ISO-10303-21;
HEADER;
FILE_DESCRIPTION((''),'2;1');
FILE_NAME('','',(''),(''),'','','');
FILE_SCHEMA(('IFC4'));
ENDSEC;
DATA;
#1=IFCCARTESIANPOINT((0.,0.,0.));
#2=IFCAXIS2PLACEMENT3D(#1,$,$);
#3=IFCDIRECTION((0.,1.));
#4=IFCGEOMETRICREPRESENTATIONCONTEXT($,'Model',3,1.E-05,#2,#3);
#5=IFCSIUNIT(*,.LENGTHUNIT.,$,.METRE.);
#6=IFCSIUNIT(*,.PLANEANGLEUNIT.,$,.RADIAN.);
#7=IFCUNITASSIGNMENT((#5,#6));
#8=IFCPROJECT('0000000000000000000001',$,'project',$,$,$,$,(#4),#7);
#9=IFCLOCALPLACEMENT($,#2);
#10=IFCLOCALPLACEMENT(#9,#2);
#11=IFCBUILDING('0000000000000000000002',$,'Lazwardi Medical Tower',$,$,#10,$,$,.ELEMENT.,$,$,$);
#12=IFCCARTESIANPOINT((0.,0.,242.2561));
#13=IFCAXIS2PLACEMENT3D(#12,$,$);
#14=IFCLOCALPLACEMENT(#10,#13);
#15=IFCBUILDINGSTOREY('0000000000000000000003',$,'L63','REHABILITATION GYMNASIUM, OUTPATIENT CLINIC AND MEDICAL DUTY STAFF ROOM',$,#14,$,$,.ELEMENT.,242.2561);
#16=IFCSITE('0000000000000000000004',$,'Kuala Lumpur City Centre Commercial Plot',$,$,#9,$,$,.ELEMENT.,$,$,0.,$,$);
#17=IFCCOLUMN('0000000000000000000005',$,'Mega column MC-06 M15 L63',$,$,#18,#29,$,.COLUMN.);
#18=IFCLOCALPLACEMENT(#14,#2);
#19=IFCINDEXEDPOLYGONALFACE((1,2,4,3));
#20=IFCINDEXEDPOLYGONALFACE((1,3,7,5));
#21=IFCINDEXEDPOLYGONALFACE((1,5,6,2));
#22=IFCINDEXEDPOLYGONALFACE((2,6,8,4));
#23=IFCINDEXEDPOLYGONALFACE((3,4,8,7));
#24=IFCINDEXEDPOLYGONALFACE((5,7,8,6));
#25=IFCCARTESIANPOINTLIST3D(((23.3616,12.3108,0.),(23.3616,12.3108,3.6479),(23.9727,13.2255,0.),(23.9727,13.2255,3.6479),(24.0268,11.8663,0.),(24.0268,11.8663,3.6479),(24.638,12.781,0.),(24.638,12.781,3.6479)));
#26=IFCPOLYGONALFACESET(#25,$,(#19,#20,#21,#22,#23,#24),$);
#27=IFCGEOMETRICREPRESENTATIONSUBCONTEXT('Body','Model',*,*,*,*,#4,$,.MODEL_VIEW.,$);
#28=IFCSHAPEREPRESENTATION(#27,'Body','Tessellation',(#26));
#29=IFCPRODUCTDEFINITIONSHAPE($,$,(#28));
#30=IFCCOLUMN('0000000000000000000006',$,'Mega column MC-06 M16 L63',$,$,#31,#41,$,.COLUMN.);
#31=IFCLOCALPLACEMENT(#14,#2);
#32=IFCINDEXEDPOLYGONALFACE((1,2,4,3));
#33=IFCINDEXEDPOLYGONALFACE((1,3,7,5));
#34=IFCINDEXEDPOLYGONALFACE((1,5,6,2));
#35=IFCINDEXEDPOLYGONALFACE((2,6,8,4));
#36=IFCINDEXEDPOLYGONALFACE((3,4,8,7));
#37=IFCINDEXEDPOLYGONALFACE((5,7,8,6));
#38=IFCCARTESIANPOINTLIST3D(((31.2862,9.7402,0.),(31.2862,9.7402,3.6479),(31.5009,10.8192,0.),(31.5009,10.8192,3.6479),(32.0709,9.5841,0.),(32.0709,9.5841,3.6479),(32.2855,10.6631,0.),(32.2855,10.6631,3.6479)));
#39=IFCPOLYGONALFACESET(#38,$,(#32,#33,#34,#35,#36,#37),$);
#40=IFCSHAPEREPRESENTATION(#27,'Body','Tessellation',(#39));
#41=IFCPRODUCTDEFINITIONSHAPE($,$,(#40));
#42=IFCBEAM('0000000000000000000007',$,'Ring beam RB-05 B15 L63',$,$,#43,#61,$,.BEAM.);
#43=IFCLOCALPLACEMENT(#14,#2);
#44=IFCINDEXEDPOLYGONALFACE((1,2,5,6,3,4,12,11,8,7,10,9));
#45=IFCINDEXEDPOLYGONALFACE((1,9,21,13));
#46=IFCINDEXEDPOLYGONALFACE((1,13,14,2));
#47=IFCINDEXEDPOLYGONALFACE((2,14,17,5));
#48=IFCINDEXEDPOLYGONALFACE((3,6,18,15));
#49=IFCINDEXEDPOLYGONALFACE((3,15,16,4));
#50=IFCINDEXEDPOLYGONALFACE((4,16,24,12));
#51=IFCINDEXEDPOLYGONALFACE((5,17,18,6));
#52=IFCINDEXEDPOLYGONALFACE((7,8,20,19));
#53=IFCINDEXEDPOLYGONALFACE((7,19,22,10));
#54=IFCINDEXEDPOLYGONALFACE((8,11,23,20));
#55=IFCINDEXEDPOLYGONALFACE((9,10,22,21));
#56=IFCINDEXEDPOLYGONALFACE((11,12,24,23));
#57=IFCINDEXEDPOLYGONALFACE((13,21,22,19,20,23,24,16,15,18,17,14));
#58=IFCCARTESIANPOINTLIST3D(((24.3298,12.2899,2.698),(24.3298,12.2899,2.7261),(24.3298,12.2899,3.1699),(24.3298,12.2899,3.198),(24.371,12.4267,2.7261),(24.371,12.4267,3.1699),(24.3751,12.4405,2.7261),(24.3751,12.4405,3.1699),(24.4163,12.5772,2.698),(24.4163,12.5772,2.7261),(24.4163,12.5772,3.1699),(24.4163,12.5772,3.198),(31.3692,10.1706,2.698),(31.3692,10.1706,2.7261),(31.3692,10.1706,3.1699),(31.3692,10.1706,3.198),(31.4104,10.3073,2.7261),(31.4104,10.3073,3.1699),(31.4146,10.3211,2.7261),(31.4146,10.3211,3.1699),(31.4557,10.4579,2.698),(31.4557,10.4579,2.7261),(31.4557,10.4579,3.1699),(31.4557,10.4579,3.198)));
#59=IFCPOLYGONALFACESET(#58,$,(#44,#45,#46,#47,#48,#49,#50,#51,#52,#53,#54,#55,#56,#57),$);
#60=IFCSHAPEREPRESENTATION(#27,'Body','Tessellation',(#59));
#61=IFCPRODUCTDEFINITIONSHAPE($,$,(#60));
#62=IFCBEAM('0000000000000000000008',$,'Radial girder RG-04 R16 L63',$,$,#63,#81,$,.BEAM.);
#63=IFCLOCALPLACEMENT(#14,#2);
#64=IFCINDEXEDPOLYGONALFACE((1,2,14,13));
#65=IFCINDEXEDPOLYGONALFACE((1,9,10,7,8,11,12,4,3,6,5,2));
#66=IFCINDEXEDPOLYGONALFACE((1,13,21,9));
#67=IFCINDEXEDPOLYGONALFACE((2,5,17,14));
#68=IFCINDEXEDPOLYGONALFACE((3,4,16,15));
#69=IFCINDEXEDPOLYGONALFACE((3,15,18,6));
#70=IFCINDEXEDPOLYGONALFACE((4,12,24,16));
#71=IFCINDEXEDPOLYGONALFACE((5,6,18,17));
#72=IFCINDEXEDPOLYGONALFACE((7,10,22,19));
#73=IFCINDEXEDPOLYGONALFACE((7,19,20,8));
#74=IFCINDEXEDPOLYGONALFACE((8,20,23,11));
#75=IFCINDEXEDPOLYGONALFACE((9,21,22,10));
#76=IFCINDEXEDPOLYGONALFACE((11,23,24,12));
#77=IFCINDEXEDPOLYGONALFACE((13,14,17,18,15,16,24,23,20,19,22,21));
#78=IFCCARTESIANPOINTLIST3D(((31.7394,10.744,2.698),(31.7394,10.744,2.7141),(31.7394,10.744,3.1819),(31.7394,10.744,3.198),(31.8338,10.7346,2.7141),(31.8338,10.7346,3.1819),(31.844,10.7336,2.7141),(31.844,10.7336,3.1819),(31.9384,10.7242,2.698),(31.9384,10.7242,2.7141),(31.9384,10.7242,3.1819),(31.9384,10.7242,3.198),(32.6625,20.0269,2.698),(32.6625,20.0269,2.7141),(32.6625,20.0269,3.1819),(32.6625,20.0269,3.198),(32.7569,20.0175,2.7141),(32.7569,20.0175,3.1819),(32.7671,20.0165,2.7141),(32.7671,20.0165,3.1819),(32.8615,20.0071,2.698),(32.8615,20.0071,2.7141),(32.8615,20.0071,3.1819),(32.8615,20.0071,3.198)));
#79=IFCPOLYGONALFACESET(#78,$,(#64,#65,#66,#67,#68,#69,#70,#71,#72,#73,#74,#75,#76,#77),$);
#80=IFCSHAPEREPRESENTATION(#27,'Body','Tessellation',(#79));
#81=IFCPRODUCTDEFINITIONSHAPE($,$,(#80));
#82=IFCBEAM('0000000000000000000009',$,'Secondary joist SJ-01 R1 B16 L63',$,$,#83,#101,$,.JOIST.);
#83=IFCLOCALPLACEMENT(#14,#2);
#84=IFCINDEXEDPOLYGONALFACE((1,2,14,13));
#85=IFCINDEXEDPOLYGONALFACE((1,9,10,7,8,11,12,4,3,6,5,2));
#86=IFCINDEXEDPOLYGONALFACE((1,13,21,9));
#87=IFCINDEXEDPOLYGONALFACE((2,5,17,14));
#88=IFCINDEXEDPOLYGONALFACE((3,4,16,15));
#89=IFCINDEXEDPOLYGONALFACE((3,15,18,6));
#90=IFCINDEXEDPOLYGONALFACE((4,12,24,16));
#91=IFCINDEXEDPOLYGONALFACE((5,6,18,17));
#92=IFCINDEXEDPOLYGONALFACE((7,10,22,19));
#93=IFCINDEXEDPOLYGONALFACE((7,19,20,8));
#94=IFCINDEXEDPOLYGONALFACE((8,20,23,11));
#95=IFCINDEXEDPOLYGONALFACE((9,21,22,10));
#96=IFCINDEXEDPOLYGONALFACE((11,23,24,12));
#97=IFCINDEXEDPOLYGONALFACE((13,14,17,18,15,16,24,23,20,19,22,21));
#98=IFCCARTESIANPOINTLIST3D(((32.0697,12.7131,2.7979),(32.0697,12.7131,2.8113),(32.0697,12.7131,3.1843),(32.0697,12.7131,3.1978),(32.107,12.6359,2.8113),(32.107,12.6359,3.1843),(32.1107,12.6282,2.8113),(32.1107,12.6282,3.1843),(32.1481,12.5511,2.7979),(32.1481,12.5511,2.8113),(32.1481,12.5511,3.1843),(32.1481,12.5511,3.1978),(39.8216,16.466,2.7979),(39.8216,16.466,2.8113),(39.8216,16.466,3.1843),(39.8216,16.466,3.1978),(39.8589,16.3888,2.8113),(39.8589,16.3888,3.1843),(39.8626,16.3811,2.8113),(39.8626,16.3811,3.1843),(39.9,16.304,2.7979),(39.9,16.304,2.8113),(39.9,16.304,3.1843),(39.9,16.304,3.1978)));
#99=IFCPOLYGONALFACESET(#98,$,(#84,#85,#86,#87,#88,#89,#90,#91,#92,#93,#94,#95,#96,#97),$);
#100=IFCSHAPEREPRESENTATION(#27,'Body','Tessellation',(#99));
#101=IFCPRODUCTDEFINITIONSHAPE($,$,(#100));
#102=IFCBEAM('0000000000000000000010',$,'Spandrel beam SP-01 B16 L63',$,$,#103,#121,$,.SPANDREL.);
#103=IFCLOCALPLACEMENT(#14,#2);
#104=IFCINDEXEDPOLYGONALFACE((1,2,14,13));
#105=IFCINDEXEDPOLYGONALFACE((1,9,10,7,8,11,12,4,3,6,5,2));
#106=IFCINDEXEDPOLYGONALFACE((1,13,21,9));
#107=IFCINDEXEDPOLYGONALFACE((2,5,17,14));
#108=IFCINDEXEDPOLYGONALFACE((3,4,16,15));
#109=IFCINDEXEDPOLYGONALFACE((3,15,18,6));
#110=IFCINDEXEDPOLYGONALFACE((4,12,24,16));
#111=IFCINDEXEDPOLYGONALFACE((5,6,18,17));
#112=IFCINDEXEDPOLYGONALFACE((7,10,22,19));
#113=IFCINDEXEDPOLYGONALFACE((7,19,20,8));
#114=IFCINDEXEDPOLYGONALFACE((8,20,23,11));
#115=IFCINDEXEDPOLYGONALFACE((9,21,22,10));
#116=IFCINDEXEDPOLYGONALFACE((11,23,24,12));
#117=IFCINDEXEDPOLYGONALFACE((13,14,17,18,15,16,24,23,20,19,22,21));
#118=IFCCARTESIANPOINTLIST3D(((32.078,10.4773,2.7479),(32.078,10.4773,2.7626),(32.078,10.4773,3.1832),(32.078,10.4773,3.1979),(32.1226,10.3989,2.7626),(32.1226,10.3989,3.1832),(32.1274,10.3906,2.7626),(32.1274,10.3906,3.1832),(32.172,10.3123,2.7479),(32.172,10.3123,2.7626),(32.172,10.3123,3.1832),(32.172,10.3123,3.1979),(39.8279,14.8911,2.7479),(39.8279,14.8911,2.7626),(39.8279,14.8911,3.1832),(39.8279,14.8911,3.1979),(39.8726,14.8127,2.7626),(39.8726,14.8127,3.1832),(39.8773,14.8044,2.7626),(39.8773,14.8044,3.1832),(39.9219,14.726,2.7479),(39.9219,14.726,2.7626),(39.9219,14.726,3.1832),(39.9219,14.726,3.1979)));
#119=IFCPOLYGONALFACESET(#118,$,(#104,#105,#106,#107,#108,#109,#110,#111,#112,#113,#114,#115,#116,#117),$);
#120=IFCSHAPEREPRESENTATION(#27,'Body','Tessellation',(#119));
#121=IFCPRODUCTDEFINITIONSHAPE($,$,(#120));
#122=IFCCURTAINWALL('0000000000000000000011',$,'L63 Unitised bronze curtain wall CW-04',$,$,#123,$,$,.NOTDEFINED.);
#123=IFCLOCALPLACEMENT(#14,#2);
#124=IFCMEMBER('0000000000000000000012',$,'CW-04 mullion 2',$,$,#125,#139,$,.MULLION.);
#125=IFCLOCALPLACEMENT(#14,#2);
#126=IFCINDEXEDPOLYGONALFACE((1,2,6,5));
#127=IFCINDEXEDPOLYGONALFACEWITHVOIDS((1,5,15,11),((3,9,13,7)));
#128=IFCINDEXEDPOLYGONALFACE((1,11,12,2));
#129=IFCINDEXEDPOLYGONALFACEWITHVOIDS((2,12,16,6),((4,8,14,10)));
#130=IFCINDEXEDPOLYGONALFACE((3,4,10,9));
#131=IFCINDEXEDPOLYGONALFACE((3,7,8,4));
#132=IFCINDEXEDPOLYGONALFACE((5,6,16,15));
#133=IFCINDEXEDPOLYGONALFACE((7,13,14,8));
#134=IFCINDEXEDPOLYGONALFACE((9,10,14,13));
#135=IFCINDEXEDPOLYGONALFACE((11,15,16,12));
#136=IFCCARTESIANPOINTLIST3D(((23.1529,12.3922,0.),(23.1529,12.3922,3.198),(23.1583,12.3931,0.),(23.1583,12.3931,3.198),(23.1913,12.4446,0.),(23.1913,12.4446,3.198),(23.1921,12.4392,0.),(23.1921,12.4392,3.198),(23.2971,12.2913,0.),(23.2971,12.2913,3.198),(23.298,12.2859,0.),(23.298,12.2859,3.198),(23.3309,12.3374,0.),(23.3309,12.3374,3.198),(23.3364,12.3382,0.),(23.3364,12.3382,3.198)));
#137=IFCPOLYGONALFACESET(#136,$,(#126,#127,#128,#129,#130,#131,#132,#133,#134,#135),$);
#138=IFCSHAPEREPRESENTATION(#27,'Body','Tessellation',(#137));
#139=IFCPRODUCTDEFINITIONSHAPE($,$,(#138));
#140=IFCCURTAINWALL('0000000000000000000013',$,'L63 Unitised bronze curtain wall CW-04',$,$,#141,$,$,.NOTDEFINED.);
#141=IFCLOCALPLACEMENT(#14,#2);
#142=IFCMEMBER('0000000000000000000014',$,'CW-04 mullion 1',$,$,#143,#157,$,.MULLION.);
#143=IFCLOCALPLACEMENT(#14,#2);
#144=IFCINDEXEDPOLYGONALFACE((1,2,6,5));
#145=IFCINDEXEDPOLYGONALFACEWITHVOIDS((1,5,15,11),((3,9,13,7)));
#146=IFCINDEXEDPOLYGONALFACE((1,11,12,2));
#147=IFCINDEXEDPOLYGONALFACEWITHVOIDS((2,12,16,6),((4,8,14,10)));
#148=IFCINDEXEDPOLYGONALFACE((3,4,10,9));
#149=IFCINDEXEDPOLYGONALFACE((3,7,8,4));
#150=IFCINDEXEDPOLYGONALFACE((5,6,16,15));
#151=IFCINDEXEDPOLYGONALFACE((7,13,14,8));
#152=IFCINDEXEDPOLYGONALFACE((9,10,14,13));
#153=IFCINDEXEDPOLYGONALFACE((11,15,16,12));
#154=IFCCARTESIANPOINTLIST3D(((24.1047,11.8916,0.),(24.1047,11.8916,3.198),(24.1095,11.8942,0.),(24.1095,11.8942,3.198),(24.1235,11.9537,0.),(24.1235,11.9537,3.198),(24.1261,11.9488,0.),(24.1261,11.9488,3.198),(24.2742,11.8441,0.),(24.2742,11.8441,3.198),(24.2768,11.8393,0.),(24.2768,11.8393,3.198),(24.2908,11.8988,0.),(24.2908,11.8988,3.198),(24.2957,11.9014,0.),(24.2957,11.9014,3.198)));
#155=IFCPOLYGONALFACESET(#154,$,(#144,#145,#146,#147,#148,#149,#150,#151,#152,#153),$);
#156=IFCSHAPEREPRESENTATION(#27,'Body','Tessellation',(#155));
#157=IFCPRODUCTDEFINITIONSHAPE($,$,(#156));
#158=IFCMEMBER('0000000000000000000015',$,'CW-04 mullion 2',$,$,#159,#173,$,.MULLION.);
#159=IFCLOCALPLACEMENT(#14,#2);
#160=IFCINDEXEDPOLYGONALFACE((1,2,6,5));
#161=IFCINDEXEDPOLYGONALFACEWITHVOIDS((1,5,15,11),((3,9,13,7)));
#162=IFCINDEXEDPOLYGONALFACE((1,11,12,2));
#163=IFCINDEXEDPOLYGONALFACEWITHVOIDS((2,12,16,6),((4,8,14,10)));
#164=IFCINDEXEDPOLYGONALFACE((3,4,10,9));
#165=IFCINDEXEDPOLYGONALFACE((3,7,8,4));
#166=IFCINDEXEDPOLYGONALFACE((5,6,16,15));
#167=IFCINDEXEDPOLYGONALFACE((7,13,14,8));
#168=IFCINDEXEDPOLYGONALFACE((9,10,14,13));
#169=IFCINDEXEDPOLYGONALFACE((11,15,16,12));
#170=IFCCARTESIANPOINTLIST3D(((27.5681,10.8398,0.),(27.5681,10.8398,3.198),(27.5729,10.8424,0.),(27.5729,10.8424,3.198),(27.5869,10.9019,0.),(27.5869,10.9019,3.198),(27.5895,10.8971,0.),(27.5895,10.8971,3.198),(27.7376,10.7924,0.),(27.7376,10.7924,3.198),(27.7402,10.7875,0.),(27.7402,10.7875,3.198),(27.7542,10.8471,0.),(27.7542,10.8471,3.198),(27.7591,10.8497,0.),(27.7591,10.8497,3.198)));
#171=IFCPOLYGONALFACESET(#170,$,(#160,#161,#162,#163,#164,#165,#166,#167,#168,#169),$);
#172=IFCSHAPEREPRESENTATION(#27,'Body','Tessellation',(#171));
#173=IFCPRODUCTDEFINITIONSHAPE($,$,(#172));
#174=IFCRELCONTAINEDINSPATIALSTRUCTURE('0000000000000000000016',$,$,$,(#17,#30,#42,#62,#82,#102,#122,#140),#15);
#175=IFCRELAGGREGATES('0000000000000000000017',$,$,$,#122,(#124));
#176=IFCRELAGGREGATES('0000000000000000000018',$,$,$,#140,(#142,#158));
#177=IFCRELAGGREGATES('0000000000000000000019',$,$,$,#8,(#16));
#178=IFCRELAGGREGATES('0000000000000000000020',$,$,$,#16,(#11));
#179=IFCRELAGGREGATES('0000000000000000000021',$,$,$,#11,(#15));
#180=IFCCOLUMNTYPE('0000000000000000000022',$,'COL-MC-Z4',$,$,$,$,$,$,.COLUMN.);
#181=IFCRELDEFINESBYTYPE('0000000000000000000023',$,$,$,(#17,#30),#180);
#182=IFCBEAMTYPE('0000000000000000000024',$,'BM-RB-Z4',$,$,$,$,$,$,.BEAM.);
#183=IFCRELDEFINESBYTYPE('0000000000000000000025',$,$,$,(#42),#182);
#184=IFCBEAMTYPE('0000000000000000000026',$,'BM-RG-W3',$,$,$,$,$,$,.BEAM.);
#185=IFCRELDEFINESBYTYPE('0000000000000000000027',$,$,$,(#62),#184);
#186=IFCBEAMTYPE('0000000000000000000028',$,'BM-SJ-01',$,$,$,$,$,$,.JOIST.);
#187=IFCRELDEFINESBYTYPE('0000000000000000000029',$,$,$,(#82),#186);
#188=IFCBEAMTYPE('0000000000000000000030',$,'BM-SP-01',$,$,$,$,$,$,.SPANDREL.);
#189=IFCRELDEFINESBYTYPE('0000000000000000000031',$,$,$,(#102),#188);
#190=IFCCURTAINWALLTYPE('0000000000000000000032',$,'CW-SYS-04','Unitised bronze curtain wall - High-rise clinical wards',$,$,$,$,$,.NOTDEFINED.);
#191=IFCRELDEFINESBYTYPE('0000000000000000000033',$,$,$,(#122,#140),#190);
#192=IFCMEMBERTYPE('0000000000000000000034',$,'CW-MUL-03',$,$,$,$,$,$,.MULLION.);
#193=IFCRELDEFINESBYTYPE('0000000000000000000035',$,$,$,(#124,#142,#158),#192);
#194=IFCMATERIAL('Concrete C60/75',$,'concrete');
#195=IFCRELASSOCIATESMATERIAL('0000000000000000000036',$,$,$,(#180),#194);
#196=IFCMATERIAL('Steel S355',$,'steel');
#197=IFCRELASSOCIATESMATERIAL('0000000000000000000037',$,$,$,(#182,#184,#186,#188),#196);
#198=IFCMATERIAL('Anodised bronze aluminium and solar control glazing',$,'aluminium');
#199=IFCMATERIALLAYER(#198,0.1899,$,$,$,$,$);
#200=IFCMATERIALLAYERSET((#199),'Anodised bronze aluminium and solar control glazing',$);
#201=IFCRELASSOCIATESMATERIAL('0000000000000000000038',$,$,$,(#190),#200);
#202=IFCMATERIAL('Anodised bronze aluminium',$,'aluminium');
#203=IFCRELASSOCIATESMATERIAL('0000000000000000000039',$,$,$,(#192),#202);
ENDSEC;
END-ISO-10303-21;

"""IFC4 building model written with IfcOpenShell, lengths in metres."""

from ifc_helpers import new_model, si_unit, direction, frame, origin, origin_2d, place, context, subcontext, project, spatial, rectangle, hollow_rectangle, i_section, extrude, material, layer, layer_set, material_profile, profile_set, type_object, element, aggregate, save


model = new_model("IFC4")

# Units and contexts
model_context = context("Model", 3, precision=1e-05, world=origin(), true_north=direction((0.0, 1.0)))
body_context = subcontext(model_context, "Body", "Model", "MODEL_VIEW")
ifc_project = project(units=[si_unit("LENGTHUNIT", "METRE"), si_unit("PLANEANGLEUNIT", "RADIAN")], contexts=[model_context])

# Site, building, storey
site_placement = place(None, origin())
site = spatial("IfcSite", under=ifc_project, at=site_placement, Name="Kuala Lumpur City Centre Commercial Plot", CompositionType="ELEMENT", RefElevation=0.0)
building_placement = place(site_placement, origin())
building = spatial("IfcBuilding", under=site, at=building_placement, Name="Lazwardi Medical Tower", CompositionType="ELEMENT")
storey_placement = place(building_placement, frame((0.0, 0.0, 242.2561)))
storey = spatial("IfcBuildingStorey", under=building, at=storey_placement, Name="L63", Description="REHABILITATION GYMNASIUM, OUTPATIENT CLINIC AND MEDICAL DUTY STAFF ROOM", CompositionType="ELEMENT", Elevation=242.2561)

# Columns
ifc_material_1 = material(Name="Concrete C60/75", Category="concrete")
ifc_material_profile_1 = material_profile(ifc_material_1, rectangle(XDim=1.1001, YDim=0.8, at=origin_2d()), Name="CFT-RECT 1100x800")
ifc_profile_set_1 = profile_set([ifc_material_profile_1], Name="Concrete C60/75")
column_type = type_object("IfcColumnType", Name="COL-MC-Z4", PredefinedType="COLUMN", material=ifc_profile_set_1)
for number, where, z_axis, x_axis, name in (
    (1, (23.9998, 12.5459, 0.0), (0.0, 0.0, 1.0), (-0.55557, -0.83147, 0.0), "Mega column MC-06 M15 L63"),
    (2, (31.7859, 10.2017, 0.0), (0.0, 0.0, 1.0), (-0.19509, -0.980785, 0.0), "Mega column MC-06 M16 L63"),
):
    element("IfcColumn", number, at=place(storey_placement, frame(where, z_axis=z_axis, x_axis=x_axis)), inside=storey, type_object=column_type, Name=name, PredefinedType="COLUMN", context=body_context, shape_type="SweptSolid", body=[
        extrude(rectangle(XDim=1.1001, YDim=0.8, at=origin_2d()), origin(), (0.0, 0.0, 1.0), 3.6479),
    ])

# Beams
ifc_material_2 = material(Name="Steel S355", Category="steel")
ifc_material_profile_2 = material_profile(ifc_material_2, i_section(OverallWidth=0.3, OverallDepth=0.5, WebThickness=0.0144, FlangeThickness=0.0281, at=origin_2d()), Name="HEB 500")
ifc_profile_set_2 = profile_set([ifc_material_profile_2], Name="Steel S355")
beam_type_1 = type_object("IfcBeamType", Name="BM-RB-Z4", PredefinedType="BEAM", material=ifc_profile_set_2)
beam_1_placement = place(storey_placement, frame((24.373, 12.4336, 2.948), z_axis=(0.957544, -0.288286, 0.0), x_axis=(0.288286, 0.957544, 0.0)))
element("IfcBeam", 3, at=beam_1_placement, inside=storey, type_object=beam_type_1, Name="Ring beam RB-05 B15 L63", PredefinedType="BEAM", context=body_context, shape_type="SweptSolid", body=[
    extrude(i_section(OverallWidth=0.3, OverallDepth=0.5, WebThickness=0.0144, FlangeThickness=0.0281, at=origin_2d()), origin(), (0.0, 0.0, 1.0), 7.3516),
])
ifc_material_profile_3 = material_profile(ifc_material_2, i_section(OverallWidth=0.2, OverallDepth=0.5, WebThickness=0.0103, FlangeThickness=0.0161, at=origin_2d()), Name="IPE 500")
ifc_profile_set_3 = profile_set([ifc_material_profile_3], Name="Steel S355")
beam_type_2 = type_object("IfcBeamType", Name="BM-RG-W3", PredefinedType="BEAM", material=ifc_profile_set_3)
beam_2_placement = place(storey_placement, frame((31.8389, 10.7341, 2.948), z_axis=(0.098954, 0.995092, 0.0), x_axis=(-0.995092, 0.098954, 0.0)))
element("IfcBeam", 4, at=beam_2_placement, inside=storey, type_object=beam_type_2, Name="Radial girder RG-04 R16 L63", PredefinedType="BEAM", context=body_context, shape_type="SweptSolid", body=[
    extrude(i_section(OverallWidth=0.2, OverallDepth=0.5, WebThickness=0.0103, FlangeThickness=0.0161, at=origin_2d()), origin(), (0.0, 0.0, 1.0), 9.3286),
])
ifc_material_profile_4 = material_profile(ifc_material_2, i_section(OverallWidth=0.1799, OverallDepth=0.3999, WebThickness=0.0085, FlangeThickness=0.0134, at=origin_2d()), Name="IPE 400")
ifc_profile_set_4 = profile_set([ifc_material_profile_4], Name="Steel S355")
beam_type_3 = type_object("IfcBeamType", Name="BM-SJ-01", PredefinedType="JOIST", material=ifc_profile_set_4)
beam_3_placement = place(storey_placement, frame((32.1089, 12.6321, 2.9978), z_axis=(0.900069, 0.435748, 0.0), x_axis=(-0.435748, 0.900069, 0.0)))
element("IfcBeam", 5, at=beam_3_placement, inside=storey, type_object=beam_type_3, Name="Secondary joist SJ-01 R1 B16 L63", PredefinedType="JOIST", context=body_context, shape_type="SweptSolid", body=[
    extrude(i_section(OverallWidth=0.1799, OverallDepth=0.3999, WebThickness=0.0085, FlangeThickness=0.0134, at=origin_2d()), origin(), (0.0, 0.0, 1.0), 8.6125),
])
ifc_material_profile_5 = material_profile(ifc_material_2, i_section(OverallWidth=0.1899, OverallDepth=0.45, WebThickness=0.0095, FlangeThickness=0.0146, at=origin_2d()), Name="IPE 450")
ifc_profile_set_5 = profile_set([ifc_material_profile_5], Name="Steel S355")
beam_type_4 = type_object("IfcBeamType", Name="BM-SP-01", PredefinedType="SPANDREL", material=ifc_profile_set_5)
beam_4_placement = place(storey_placement, frame((32.125, 10.3948, 2.9729), z_axis=(0.868955, 0.494891, 0.0), x_axis=(-0.494891, 0.868955, 0.0)))
element("IfcBeam", 6, at=beam_4_placement, inside=storey, type_object=beam_type_4, Name="Spandrel beam SP-01 B16 L63", PredefinedType="SPANDREL", context=body_context, shape_type="SweptSolid", body=[
    extrude(i_section(OverallWidth=0.1899, OverallDepth=0.45, WebThickness=0.0095, FlangeThickness=0.0146, at=origin_2d()), origin(), (0.0, 0.0, 1.0), 8.9187),
])

# Curtain wall, member
ifc_material_3 = material(Name="Anodised bronze aluminium and solar control glazing", Category="aluminium")
ifc_layer_1 = layer(ifc_material_3, 0.1899)
ifc_layer_set_1 = layer_set([ifc_layer_1], Name="Anodised bronze aluminium and solar control glazing")
curtain_wall_type = type_object("IfcCurtainWallType", Name="CW-SYS-04", Description="Unitised bronze curtain wall - High-rise clinical wards", PredefinedType="NOTDEFINED", material=ifc_layer_set_1)
curtain_wall_1_placement = place(storey_placement, origin())
curtain_wall_1 = element("IfcCurtainWall", 7, at=curtain_wall_1_placement, inside=storey, type_object=curtain_wall_type, Name="L63 Unitised bronze curtain wall CW-04", PredefinedType="NOTDEFINED")
ifc_material_4 = material(Name="Anodised bronze aluminium", Category="aluminium")
ifc_material_profile_6 = material_profile(ifc_material_4, hollow_rectangle(XDim=0.0649, YDim=0.1799, WallThickness=0.0039, at=origin_2d()), Name="ALU-MULLION 180x65x4")
ifc_profile_set_6 = profile_set([ifc_material_profile_6], Name="Anodised bronze aluminium")
member_type_1 = type_object("IfcMemberType", Name="CW-MUL-03", PredefinedType="MULLION", material=ifc_profile_set_6)
member_1_placement = place(storey_placement, frame((23.2446, 12.3652, 0.0), z_axis=(0.0, 0.0, 1.0), x_axis=(0.591268, 0.806475, 0.0)))
member_1 = element("IfcMember", 8, at=member_1_placement, type_object=member_type_1, Name="CW-04 mullion 2", PredefinedType="MULLION", context=body_context, shape_type="SweptSolid", body=[
    extrude(hollow_rectangle(XDim=0.0649, YDim=0.1799, WallThickness=0.0039, at=origin_2d()), origin(), (0.0, 0.0, 1.0), 3.198),
])
aggregate(curtain_wall_1, [member_1])

# Curtain wall, members
curtain_wall_2_placement = place(storey_placement, origin())
curtain_wall_2 = element("IfcCurtainWall", 9, at=curtain_wall_2_placement, inside=storey, type_object=curtain_wall_type, Name="L63 Unitised bronze curtain wall CW-04", PredefinedType="NOTDEFINED")
member_2_placement = place(storey_placement, frame((24.2002, 11.8965, 0.0), z_axis=(0.0, 0.0, 1.0), x_axis=(0.290582, 0.95685, 0.0)))
member_2 = element("IfcMember", 10, at=member_2_placement, type_object=member_type_1, Name="CW-04 mullion 1", PredefinedType="MULLION", context=body_context, shape_type="SweptSolid", body=[
    extrude(hollow_rectangle(XDim=0.0649, YDim=0.1799, WallThickness=0.0039, at=origin_2d()), origin(), (0.0, 0.0, 1.0), 3.198),
])
member_3_placement = place(storey_placement, frame((27.6636, 10.8447, 0.0), z_axis=(0.0, 0.0, 1.0), x_axis=(0.290582, 0.95685, 0.0)))
member_3 = element("IfcMember", 11, at=member_3_placement, type_object=member_type_1, Name="CW-04 mullion 2", PredefinedType="MULLION", context=body_context, shape_type="SweptSolid", body=[
    extrude(hollow_rectangle(XDim=0.0649, YDim=0.1799, WallThickness=0.0039, at=origin_2d()), origin(), (0.0, 0.0, 1.0), 3.198),
])
aggregate(curtain_wall_2, [member_2, member_3])

save(model, "model.ifc")
